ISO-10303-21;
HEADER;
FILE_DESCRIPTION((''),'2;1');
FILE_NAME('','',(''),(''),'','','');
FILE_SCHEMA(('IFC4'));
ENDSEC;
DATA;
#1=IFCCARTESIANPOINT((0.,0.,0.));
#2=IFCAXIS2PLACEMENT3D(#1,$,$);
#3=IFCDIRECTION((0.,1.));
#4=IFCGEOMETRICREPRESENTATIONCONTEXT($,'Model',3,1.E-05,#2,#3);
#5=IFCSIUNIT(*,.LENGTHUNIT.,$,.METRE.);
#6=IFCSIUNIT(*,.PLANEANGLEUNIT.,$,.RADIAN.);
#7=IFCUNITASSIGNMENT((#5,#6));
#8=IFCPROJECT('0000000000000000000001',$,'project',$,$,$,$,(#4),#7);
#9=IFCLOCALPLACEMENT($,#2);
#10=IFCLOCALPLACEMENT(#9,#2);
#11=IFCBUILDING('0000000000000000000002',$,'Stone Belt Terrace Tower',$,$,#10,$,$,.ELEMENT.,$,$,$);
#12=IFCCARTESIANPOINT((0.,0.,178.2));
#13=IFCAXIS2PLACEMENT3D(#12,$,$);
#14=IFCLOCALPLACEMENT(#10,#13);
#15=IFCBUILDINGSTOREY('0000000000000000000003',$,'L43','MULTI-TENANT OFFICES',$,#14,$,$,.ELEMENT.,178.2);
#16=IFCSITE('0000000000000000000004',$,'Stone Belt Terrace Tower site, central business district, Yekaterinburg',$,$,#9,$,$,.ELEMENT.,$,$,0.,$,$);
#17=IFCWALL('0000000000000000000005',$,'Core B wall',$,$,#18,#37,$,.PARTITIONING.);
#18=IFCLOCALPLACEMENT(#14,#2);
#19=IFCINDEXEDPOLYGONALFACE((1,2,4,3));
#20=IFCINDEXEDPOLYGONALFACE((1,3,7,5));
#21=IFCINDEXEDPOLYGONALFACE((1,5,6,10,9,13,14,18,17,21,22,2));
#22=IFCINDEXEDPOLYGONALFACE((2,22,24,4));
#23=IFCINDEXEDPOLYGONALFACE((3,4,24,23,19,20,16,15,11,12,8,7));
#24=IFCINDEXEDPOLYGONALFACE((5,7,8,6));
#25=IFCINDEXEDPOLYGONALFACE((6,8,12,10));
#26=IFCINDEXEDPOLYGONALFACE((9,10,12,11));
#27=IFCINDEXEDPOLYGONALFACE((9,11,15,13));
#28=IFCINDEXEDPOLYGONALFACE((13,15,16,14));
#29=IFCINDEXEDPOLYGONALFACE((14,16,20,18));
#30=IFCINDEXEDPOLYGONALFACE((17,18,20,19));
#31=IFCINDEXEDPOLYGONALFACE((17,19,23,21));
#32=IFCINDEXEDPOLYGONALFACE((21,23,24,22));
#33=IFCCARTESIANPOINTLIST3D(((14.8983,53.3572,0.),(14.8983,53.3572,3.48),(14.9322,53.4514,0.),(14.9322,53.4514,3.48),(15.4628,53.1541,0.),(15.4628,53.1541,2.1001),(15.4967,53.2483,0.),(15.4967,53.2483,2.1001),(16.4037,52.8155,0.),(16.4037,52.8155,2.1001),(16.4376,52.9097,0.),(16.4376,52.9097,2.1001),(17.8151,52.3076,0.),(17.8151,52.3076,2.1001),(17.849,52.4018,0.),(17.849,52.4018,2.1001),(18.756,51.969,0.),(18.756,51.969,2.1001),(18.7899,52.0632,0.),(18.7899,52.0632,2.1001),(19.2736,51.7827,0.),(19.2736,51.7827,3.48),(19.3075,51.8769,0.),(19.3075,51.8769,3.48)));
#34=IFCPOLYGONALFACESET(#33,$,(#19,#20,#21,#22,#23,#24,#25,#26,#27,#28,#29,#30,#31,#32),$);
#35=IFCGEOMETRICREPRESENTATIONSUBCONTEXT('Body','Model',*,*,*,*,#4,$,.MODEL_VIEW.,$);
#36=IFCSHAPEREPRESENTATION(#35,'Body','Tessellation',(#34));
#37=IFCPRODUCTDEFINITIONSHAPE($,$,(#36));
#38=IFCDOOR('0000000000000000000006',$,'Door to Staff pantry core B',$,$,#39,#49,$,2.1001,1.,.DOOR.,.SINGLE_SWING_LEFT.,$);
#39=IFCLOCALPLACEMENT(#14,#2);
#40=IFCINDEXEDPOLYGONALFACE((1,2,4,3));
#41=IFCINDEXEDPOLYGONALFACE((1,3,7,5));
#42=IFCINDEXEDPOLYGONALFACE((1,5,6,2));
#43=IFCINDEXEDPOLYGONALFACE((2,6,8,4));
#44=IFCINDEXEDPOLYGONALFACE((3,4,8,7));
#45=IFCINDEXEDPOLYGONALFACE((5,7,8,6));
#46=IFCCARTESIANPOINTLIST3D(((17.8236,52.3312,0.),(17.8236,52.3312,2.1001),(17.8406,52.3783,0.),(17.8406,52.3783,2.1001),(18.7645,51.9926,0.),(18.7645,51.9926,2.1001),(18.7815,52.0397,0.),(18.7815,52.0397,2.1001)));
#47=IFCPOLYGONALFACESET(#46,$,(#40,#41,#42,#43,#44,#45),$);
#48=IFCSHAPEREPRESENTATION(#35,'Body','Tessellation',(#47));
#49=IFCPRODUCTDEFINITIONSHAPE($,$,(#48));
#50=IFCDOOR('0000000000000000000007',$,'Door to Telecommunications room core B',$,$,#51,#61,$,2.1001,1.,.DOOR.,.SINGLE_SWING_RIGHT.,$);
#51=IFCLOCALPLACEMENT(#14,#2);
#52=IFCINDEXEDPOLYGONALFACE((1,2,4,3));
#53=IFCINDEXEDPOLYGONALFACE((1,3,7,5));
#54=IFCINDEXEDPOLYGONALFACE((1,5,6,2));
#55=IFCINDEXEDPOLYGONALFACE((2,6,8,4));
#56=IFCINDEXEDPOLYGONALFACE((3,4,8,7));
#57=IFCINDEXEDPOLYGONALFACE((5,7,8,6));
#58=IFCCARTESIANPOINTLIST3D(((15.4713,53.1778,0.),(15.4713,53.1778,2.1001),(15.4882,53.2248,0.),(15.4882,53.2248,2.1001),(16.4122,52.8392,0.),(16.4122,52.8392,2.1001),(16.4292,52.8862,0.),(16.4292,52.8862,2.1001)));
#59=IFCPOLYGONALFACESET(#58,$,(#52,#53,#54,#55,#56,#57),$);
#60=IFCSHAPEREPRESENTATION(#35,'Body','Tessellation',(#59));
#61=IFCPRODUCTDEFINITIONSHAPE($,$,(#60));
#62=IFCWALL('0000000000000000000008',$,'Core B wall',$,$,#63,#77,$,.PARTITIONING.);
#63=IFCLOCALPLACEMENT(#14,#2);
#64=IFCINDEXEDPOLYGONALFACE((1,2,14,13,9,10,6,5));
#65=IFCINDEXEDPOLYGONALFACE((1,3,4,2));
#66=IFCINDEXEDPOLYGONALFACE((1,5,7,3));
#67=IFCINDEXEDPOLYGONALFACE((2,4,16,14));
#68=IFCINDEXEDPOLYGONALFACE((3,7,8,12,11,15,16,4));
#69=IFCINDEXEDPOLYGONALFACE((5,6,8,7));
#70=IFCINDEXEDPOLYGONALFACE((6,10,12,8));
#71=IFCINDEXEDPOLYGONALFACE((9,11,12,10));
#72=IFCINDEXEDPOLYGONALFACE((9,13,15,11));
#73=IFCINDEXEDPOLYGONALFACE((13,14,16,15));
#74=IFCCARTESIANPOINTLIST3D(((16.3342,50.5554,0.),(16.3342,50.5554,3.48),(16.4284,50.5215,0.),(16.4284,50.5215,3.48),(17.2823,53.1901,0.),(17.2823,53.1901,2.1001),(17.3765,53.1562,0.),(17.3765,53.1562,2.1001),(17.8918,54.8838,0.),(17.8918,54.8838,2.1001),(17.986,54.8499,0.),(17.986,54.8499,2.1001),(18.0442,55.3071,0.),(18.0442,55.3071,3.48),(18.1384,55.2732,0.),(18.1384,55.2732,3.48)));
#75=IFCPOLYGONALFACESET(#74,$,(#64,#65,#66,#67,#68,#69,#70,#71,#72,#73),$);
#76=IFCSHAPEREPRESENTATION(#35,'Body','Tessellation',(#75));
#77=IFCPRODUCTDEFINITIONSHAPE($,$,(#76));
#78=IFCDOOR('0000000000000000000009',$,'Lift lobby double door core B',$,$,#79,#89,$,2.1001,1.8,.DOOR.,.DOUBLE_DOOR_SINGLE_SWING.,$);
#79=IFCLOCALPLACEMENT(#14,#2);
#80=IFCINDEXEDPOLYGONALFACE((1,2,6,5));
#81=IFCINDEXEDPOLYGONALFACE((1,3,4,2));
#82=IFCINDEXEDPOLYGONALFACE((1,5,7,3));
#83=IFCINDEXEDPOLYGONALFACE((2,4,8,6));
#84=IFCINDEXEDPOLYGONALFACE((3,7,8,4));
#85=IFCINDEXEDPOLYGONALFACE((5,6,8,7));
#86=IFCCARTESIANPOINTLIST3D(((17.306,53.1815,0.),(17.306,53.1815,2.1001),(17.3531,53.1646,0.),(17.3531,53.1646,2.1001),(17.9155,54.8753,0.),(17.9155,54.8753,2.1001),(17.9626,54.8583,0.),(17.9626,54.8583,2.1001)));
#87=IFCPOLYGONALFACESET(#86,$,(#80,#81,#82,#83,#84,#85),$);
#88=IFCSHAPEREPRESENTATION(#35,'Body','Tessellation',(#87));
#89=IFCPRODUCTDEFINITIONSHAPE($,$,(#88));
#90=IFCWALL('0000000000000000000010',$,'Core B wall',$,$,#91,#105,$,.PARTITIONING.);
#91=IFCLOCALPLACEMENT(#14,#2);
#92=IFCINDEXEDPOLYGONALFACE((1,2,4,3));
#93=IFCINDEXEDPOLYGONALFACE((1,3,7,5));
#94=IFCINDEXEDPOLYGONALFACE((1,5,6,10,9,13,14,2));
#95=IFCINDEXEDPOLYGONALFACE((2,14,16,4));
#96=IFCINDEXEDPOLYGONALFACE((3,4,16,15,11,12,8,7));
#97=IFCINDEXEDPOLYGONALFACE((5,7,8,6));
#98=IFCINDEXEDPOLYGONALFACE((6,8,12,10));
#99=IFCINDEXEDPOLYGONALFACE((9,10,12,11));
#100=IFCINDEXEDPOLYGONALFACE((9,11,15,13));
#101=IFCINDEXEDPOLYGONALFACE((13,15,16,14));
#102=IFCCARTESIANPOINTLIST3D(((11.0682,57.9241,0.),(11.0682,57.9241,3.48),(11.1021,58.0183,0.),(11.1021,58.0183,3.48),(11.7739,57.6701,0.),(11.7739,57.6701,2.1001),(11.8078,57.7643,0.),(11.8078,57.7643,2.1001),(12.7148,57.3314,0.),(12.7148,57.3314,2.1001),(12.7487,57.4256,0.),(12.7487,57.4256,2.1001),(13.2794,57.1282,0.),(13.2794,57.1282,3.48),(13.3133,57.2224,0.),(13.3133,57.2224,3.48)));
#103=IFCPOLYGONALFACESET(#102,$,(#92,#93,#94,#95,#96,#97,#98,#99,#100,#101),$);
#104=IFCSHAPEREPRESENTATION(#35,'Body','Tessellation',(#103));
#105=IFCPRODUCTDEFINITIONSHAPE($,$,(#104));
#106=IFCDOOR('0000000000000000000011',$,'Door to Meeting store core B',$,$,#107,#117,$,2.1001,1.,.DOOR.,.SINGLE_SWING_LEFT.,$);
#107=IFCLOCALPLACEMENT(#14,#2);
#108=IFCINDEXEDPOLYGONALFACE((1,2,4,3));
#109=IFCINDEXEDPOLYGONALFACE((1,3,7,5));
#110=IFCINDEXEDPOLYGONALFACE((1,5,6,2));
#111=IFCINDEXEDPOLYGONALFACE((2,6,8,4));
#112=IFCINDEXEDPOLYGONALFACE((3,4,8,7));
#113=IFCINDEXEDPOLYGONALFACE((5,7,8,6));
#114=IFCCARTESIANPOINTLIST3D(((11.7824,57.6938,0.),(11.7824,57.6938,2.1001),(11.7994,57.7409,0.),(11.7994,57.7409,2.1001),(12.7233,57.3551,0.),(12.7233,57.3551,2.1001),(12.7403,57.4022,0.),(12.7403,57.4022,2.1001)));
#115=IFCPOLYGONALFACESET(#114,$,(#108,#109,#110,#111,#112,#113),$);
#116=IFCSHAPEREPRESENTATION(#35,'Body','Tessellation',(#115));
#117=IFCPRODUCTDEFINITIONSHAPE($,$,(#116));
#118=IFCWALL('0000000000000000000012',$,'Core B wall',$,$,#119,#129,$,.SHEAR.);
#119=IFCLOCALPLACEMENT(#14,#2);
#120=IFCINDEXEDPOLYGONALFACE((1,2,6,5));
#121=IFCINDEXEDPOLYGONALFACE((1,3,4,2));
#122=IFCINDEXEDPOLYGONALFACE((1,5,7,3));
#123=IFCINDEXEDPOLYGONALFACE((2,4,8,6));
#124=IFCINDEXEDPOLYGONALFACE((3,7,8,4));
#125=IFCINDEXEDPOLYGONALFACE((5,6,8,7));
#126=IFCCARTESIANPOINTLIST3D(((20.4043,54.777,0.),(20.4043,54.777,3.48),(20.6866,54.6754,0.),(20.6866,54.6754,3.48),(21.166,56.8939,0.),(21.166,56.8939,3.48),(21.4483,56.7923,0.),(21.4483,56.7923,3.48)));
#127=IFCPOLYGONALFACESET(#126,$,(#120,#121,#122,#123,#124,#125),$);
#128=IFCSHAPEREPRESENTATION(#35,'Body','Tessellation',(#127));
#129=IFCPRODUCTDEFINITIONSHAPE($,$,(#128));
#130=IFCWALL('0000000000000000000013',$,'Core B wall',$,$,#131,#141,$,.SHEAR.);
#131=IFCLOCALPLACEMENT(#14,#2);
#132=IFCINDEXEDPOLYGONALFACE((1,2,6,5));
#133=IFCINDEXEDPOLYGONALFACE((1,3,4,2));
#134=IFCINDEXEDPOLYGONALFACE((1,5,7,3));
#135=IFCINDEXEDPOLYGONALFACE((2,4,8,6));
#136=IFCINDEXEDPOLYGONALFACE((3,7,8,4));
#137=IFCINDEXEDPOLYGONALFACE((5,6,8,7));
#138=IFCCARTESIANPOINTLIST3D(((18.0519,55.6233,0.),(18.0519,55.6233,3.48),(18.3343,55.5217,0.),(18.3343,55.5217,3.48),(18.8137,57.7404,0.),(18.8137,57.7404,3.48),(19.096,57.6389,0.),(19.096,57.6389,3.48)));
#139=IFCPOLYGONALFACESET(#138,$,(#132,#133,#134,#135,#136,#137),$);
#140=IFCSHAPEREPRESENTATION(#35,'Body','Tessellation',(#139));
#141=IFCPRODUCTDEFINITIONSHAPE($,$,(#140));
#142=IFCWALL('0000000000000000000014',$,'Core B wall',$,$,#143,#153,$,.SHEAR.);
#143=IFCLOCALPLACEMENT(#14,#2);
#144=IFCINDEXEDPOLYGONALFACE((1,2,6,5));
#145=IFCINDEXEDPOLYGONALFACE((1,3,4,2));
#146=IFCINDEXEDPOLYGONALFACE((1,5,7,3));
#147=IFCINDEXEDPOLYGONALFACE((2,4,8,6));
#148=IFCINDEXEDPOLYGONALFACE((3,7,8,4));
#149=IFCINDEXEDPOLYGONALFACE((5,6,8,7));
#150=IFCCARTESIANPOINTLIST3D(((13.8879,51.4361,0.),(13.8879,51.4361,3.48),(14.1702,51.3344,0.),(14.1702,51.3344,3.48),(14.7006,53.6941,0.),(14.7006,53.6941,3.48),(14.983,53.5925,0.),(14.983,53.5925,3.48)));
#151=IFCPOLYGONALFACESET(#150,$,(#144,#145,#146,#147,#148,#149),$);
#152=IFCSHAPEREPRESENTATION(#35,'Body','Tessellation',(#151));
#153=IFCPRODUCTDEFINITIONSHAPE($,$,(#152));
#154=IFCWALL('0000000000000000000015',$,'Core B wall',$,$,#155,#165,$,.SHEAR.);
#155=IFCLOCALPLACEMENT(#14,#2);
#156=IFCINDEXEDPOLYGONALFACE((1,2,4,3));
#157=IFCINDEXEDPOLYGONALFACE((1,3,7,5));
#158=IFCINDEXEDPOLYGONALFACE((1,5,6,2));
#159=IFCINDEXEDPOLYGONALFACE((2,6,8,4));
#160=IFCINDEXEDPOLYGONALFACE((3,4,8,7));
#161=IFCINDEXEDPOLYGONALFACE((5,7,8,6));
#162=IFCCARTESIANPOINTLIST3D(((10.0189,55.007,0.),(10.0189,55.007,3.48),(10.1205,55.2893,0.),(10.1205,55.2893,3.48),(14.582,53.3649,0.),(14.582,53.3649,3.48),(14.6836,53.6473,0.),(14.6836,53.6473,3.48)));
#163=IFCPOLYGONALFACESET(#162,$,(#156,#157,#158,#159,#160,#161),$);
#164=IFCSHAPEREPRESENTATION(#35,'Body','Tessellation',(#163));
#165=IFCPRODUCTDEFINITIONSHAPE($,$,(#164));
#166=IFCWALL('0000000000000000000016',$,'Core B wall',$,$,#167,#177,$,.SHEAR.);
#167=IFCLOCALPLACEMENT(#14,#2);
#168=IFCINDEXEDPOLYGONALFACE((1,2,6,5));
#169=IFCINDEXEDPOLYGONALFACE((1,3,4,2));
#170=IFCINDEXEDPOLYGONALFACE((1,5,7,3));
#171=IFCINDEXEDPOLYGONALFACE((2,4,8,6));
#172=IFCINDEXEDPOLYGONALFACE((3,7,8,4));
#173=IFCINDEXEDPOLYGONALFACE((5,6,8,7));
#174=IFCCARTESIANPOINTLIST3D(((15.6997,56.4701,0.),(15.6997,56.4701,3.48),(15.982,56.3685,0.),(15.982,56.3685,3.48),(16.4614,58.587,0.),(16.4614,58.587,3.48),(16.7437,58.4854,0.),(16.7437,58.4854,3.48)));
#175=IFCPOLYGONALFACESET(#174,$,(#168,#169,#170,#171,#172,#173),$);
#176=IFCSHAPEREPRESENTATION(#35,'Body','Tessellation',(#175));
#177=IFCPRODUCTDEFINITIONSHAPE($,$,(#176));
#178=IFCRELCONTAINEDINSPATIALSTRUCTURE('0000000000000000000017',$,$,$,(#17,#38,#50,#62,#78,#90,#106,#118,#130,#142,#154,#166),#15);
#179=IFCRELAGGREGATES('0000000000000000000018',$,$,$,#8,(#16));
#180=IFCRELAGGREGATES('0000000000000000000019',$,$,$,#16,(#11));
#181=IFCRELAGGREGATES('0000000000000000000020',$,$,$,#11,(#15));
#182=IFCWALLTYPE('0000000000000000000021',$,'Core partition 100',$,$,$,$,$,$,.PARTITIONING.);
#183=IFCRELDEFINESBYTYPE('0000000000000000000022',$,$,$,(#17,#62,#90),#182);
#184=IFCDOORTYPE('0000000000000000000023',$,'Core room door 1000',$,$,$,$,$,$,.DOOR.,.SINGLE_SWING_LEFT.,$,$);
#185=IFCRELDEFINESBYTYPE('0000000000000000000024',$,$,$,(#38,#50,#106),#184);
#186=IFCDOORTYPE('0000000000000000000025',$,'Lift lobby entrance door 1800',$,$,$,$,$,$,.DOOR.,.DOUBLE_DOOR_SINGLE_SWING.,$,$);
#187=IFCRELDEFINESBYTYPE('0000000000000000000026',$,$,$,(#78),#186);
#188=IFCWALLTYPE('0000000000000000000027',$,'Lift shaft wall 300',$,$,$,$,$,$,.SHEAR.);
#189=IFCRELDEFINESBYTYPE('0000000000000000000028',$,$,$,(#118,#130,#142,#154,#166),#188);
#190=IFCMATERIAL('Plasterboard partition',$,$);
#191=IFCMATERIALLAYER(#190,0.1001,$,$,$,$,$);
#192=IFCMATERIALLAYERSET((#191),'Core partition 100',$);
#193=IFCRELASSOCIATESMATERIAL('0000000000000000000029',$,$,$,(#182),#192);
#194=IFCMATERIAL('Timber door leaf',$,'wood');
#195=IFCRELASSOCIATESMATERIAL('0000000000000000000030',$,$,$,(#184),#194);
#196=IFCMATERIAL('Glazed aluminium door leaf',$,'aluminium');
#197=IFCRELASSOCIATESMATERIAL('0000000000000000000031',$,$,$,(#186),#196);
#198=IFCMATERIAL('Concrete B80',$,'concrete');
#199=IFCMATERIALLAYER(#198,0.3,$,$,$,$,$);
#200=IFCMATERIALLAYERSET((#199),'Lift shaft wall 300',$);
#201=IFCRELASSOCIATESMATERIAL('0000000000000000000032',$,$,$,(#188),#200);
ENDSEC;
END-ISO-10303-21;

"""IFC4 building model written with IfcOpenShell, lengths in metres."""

from ifc_helpers import new_model, si_unit, direction, frame, frame_2d, origin, place, context, subcontext, project, spatial, rectangle, extrude, material, layer, layer_set, type_object, element, fill, save


model = new_model("IFC4")

# Units and contexts
model_context = context("Model", 3, precision=1e-05, world=origin(), true_north=direction((0.0, 1.0)))
body_context = subcontext(model_context, "Body", "Model", "MODEL_VIEW")
ifc_project = project(units=[si_unit("LENGTHUNIT", "METRE"), si_unit("PLANEANGLEUNIT", "RADIAN")], contexts=[model_context])

# Site, building, storey
site_placement = place(None, origin())
site = spatial("IfcSite", under=ifc_project, at=site_placement, Name="Stone Belt Terrace Tower site, central business district, Yekaterinburg", CompositionType="ELEMENT", RefElevation=0.0)
building_placement = place(site_placement, origin())
building = spatial("IfcBuilding", under=site, at=building_placement, Name="Stone Belt Terrace Tower", CompositionType="ELEMENT")
storey_placement = place(building_placement, frame((0.0, 0.0, 178.2)))
storey = spatial("IfcBuildingStorey", under=building, at=storey_placement, Name="L43", Description="MULTI-TENANT OFFICES", CompositionType="ELEMENT", Elevation=178.2)

# Shared definitions
ifc_material_1 = material(Name="Concrete B80", Category="concrete")

# Wall, openings, doors
ifc_material_2 = material(Name="Plasterboard partition")
ifc_layer_1 = layer(ifc_material_2, 0.1001)
ifc_layer_set_1 = layer_set([ifc_layer_1], Name="Core partition 100")
wall_type_1 = type_object("IfcWallType", Name="Core partition 100", PredefinedType="PARTITIONING", material=ifc_layer_set_1)
wall_1_placement = place(storey_placement, frame((19.2905, 51.8298, 0.0), z_axis=(0.0, 0.0, 1.0), x_axis=(-0.94093, 0.3386, 0.0)))
wall_1 = element("IfcWall", 1, at=wall_1_placement, inside=storey, type_object=wall_type_1, Name="Core B wall", PredefinedType="PARTITIONING", context=body_context, shape_type="SweptSolid", body=[
    extrude(rectangle(XDim=4.6499, YDim=0.1001, at=frame_2d((2.325, 0.0))), origin(), (0.0, 0.0, 1.0), 3.48),
])
opening_1_placement = place(wall_1_placement, frame((0.55, 0.0, 0.0)))
opening_1 = element("IfcOpeningElement", 2, at=opening_1_placement, cuts=wall_1, PredefinedType="OPENING", context=body_context, shape_type="SweptSolid", body=[
    extrude(rectangle(XDim=1.0, YDim=2.1001, at=frame_2d((0.5, 1.05))), frame((0.0, 0.0601, 0.0), z_axis=(0.0, -1.0, 0.0), x_axis=(1.0, 0.0, 0.0)), (0.0, 0.0, 1.0), 0.1201),
])
opening_2_placement = place(wall_1_placement, frame((3.05, 0.0, 0.0)))
opening_2 = element("IfcOpeningElement", 3, at=opening_2_placement, cuts=wall_1, PredefinedType="OPENING", context=body_context, shape_type="SweptSolid", body=[
    extrude(rectangle(XDim=1.0, YDim=2.1001, at=frame_2d((0.5, 1.05))), frame((0.0, 0.0601, 0.0), z_axis=(0.0, -1.0, 0.0), x_axis=(1.0, 0.0, 0.0)), (0.0, 0.0, 1.0), 0.1201),
])
ifc_material_3 = material(Name="Timber door leaf", Category="wood")
door_type_1 = type_object("IfcDoorType", Name="Core room door 1000", OperationType="SINGLE_SWING_LEFT", PredefinedType="DOOR", material=ifc_material_3)
door_1_placement = place(opening_1_placement, origin())
door_1 = element("IfcDoor", 4, at=door_1_placement, inside=storey, type_object=door_type_1, Name="Door to Staff pantry core B", OperationType="SINGLE_SWING_LEFT", OverallHeight=2.1001, OverallWidth=1.0, PredefinedType="DOOR", context=body_context, shape_type="SweptSolid", body=[
    extrude(rectangle(XDim=1.0, YDim=2.1001, at=frame_2d((0.5, 1.05))), frame((0.0, 0.0249, 0.0), z_axis=(0.0, -1.0, 0.0), x_axis=(1.0, 0.0, 0.0)), (0.0, 0.0, 1.0), 0.05),
])
fill(opening_1, door_1)
door_2_placement = place(opening_2_placement, origin())
door_2 = element("IfcDoor", 5, at=door_2_placement, inside=storey, type_object=door_type_1, Name="Door to Telecommunications room core B", OperationType="SINGLE_SWING_RIGHT", OverallHeight=2.1001, OverallWidth=1.0, PredefinedType="DOOR", context=body_context, shape_type="SweptSolid", body=[
    extrude(rectangle(XDim=1.0, YDim=2.1001, at=frame_2d((0.5, 1.05))), frame((0.0, 0.0249, 0.0), z_axis=(0.0, -1.0, 0.0), x_axis=(1.0, 0.0, 0.0)), (0.0, 0.0, 1.0), 0.05),
])
fill(opening_2, door_2)

# Walls, openings, doors
wall_2_placement = place(storey_placement, frame((16.3813, 50.5386, 0.0), z_axis=(0.0, 0.0, 1.0), x_axis=(0.338605, 0.940929, 0.0)))
wall_2 = element("IfcWall", 6, at=wall_2_placement, inside=storey, type_object=wall_type_1, Name="Core B wall", PredefinedType="PARTITIONING", context=body_context, shape_type="SweptSolid", body=[
    extrude(rectangle(XDim=5.05, YDim=0.1001, at=frame_2d((2.5249, 0.0))), origin(), (0.0, 0.0, 1.0), 3.48),
])
opening_3_placement = place(wall_2_placement, frame((2.8, 0.0, 0.0)))
opening_3 = element("IfcOpeningElement", 7, at=opening_3_placement, cuts=wall_2, PredefinedType="OPENING", context=body_context, shape_type="SweptSolid", body=[
    extrude(rectangle(XDim=1.8, YDim=2.1001, at=frame_2d((0.8999, 1.05))), frame((0.0, 0.0601, 0.0), z_axis=(0.0, -1.0, 0.0), x_axis=(1.0, 0.0, 0.0)), (0.0, 0.0, 1.0), 0.1201),
])
ifc_material_4 = material(Name="Glazed aluminium door leaf", Category="aluminium")
door_type_2 = type_object("IfcDoorType", Name="Lift lobby entrance door 1800", OperationType="DOUBLE_DOOR_SINGLE_SWING", PredefinedType="DOOR", material=ifc_material_4)
door_3_placement = place(opening_3_placement, origin())
door_3 = element("IfcDoor", 8, at=door_3_placement, inside=storey, type_object=door_type_2, Name="Lift lobby double door core B", OperationType="DOUBLE_DOOR_SINGLE_SWING", OverallHeight=2.1001, OverallWidth=1.8, PredefinedType="DOOR", context=body_context, shape_type="SweptSolid", body=[
    extrude(rectangle(XDim=1.8, YDim=2.1001, at=frame_2d((0.8999, 1.05))), frame((0.0, 0.0249, 0.0), z_axis=(0.0, -1.0, 0.0), x_axis=(1.0, 0.0, 0.0)), (0.0, 0.0, 1.0), 0.05),
])
fill(opening_3, door_3)
wall_3_placement = place(storey_placement, frame((13.2964, 57.1753, 0.0), z_axis=(0.0, 0.0, 1.0), x_axis=(-0.940905, 0.338672, 0.0)))
wall_3 = element("IfcWall", 9, at=wall_3_placement, inside=storey, type_object=wall_type_1, Name="Core B wall", PredefinedType="PARTITIONING", context=body_context, shape_type="SweptSolid", body=[
    extrude(rectangle(XDim=2.3501, YDim=0.1001, at=frame_2d((1.175, 0.0))), origin(), (0.0, 0.0, 1.0), 3.48),
])
opening_4_placement = place(wall_3_placement, frame((0.6001, 0.0, 0.0)))
opening_4 = element("IfcOpeningElement", 10, at=opening_4_placement, cuts=wall_3, PredefinedType="OPENING", context=body_context, shape_type="SweptSolid", body=[
    extrude(rectangle(XDim=1.0, YDim=2.1001, at=frame_2d((0.5, 1.05))), frame((0.0, 0.0601, 0.0), z_axis=(0.0, -1.0, 0.0), x_axis=(1.0, 0.0, 0.0)), (0.0, 0.0, 1.0), 0.1201),
])
door_4_placement = place(opening_4_placement, origin())
door_4 = element("IfcDoor", 11, at=door_4_placement, inside=storey, type_object=door_type_1, Name="Door to Meeting store core B", OperationType="SINGLE_SWING_LEFT", OverallHeight=2.1001, OverallWidth=1.0, PredefinedType="DOOR", context=body_context, shape_type="SweptSolid", body=[
    extrude(rectangle(XDim=1.0, YDim=2.1001, at=frame_2d((0.5, 1.05))), frame((0.0, 0.0249, 0.0), z_axis=(0.0, -1.0, 0.0), x_axis=(1.0, 0.0, 0.0)), (0.0, 0.0, 1.0), 0.05),
])
fill(opening_4, door_4)

# Walls
ifc_layer_2 = layer(ifc_material_1, 0.3)
ifc_layer_set_2 = layer_set([ifc_layer_2], Name="Lift shaft wall 300")
wall_type_2 = type_object("IfcWallType", Name="Lift shaft wall 300", PredefinedType="SHEAR", material=ifc_layer_set_2)
wall_4_placement = place(storey_placement, frame((20.5454, 54.7261, 0.0), z_axis=(0.0, 0.0, 1.0), x_axis=(0.33857, 0.940941, 0.0)))
element("IfcWall", 12, at=wall_4_placement, inside=storey, type_object=wall_type_2, Name="Core B wall", PredefinedType="SHEAR", context=body_context, shape_type="SweptSolid", body=[
    extrude(rectangle(XDim=2.2498, YDim=0.3, at=frame_2d((1.125, 0.0))), origin(), (0.0, 0.0, 1.0), 3.48),
])
wall_5_placement = place(storey_placement, frame((18.1931, 55.5725, 0.0), z_axis=(0.0, 0.0, 1.0), x_axis=(0.338535, 0.940954, 0.0)))
element("IfcWall", 13, at=wall_5_placement, inside=storey, type_object=wall_type_2, Name="Core B wall", PredefinedType="SHEAR", context=body_context, shape_type="SweptSolid", body=[
    extrude(rectangle(XDim=2.25, YDim=0.3, at=frame_2d((1.125, 0.0))), origin(), (0.0, 0.0, 1.0), 3.48),
])
wall_6_placement = place(storey_placement, frame((14.0291, 51.3853, 0.0), z_axis=(0.0, 0.0, 1.0), x_axis=(0.338662, 0.940908, 0.0)))
element("IfcWall", 14, at=wall_6_placement, inside=storey, type_object=wall_type_2, Name="Core B wall", PredefinedType="SHEAR", context=body_context, shape_type="SweptSolid", body=[
    extrude(rectangle(XDim=2.3999, YDim=0.3, at=frame_2d((1.2, 0.0))), origin(), (0.0, 0.0, 1.0), 3.48),
])
wall_7_placement = place(storey_placement, frame((14.6328, 53.5061, 0.0), z_axis=(0.0, 0.0, 1.0), x_axis=(-0.940932, 0.338596, 0.0)))
element("IfcWall", 15, at=wall_7_placement, inside=storey, type_object=wall_type_2, Name="Core B wall", PredefinedType="SHEAR", context=body_context, shape_type="SweptSolid", body=[
    extrude(rectangle(XDim=4.8496, YDim=0.3, at=frame_2d((2.4248, 0.0))), origin(), (0.0, 0.0, 1.0), 3.48),
])
wall_8_placement = place(storey_placement, frame((15.8408, 56.4192, 0.0), z_axis=(0.0, 0.0, 1.0), x_axis=(0.33857, 0.940941, 0.0)))
element("IfcWall", 16, at=wall_8_placement, inside=storey, type_object=wall_type_2, Name="Core B wall", PredefinedType="SHEAR", context=body_context, shape_type="SweptSolid", body=[
    extrude(rectangle(XDim=2.2498, YDim=0.3, at=frame_2d((1.125, 0.0))), origin(), (0.0, 0.0, 1.0), 3.48),
])

save(model, "model.ifc")
